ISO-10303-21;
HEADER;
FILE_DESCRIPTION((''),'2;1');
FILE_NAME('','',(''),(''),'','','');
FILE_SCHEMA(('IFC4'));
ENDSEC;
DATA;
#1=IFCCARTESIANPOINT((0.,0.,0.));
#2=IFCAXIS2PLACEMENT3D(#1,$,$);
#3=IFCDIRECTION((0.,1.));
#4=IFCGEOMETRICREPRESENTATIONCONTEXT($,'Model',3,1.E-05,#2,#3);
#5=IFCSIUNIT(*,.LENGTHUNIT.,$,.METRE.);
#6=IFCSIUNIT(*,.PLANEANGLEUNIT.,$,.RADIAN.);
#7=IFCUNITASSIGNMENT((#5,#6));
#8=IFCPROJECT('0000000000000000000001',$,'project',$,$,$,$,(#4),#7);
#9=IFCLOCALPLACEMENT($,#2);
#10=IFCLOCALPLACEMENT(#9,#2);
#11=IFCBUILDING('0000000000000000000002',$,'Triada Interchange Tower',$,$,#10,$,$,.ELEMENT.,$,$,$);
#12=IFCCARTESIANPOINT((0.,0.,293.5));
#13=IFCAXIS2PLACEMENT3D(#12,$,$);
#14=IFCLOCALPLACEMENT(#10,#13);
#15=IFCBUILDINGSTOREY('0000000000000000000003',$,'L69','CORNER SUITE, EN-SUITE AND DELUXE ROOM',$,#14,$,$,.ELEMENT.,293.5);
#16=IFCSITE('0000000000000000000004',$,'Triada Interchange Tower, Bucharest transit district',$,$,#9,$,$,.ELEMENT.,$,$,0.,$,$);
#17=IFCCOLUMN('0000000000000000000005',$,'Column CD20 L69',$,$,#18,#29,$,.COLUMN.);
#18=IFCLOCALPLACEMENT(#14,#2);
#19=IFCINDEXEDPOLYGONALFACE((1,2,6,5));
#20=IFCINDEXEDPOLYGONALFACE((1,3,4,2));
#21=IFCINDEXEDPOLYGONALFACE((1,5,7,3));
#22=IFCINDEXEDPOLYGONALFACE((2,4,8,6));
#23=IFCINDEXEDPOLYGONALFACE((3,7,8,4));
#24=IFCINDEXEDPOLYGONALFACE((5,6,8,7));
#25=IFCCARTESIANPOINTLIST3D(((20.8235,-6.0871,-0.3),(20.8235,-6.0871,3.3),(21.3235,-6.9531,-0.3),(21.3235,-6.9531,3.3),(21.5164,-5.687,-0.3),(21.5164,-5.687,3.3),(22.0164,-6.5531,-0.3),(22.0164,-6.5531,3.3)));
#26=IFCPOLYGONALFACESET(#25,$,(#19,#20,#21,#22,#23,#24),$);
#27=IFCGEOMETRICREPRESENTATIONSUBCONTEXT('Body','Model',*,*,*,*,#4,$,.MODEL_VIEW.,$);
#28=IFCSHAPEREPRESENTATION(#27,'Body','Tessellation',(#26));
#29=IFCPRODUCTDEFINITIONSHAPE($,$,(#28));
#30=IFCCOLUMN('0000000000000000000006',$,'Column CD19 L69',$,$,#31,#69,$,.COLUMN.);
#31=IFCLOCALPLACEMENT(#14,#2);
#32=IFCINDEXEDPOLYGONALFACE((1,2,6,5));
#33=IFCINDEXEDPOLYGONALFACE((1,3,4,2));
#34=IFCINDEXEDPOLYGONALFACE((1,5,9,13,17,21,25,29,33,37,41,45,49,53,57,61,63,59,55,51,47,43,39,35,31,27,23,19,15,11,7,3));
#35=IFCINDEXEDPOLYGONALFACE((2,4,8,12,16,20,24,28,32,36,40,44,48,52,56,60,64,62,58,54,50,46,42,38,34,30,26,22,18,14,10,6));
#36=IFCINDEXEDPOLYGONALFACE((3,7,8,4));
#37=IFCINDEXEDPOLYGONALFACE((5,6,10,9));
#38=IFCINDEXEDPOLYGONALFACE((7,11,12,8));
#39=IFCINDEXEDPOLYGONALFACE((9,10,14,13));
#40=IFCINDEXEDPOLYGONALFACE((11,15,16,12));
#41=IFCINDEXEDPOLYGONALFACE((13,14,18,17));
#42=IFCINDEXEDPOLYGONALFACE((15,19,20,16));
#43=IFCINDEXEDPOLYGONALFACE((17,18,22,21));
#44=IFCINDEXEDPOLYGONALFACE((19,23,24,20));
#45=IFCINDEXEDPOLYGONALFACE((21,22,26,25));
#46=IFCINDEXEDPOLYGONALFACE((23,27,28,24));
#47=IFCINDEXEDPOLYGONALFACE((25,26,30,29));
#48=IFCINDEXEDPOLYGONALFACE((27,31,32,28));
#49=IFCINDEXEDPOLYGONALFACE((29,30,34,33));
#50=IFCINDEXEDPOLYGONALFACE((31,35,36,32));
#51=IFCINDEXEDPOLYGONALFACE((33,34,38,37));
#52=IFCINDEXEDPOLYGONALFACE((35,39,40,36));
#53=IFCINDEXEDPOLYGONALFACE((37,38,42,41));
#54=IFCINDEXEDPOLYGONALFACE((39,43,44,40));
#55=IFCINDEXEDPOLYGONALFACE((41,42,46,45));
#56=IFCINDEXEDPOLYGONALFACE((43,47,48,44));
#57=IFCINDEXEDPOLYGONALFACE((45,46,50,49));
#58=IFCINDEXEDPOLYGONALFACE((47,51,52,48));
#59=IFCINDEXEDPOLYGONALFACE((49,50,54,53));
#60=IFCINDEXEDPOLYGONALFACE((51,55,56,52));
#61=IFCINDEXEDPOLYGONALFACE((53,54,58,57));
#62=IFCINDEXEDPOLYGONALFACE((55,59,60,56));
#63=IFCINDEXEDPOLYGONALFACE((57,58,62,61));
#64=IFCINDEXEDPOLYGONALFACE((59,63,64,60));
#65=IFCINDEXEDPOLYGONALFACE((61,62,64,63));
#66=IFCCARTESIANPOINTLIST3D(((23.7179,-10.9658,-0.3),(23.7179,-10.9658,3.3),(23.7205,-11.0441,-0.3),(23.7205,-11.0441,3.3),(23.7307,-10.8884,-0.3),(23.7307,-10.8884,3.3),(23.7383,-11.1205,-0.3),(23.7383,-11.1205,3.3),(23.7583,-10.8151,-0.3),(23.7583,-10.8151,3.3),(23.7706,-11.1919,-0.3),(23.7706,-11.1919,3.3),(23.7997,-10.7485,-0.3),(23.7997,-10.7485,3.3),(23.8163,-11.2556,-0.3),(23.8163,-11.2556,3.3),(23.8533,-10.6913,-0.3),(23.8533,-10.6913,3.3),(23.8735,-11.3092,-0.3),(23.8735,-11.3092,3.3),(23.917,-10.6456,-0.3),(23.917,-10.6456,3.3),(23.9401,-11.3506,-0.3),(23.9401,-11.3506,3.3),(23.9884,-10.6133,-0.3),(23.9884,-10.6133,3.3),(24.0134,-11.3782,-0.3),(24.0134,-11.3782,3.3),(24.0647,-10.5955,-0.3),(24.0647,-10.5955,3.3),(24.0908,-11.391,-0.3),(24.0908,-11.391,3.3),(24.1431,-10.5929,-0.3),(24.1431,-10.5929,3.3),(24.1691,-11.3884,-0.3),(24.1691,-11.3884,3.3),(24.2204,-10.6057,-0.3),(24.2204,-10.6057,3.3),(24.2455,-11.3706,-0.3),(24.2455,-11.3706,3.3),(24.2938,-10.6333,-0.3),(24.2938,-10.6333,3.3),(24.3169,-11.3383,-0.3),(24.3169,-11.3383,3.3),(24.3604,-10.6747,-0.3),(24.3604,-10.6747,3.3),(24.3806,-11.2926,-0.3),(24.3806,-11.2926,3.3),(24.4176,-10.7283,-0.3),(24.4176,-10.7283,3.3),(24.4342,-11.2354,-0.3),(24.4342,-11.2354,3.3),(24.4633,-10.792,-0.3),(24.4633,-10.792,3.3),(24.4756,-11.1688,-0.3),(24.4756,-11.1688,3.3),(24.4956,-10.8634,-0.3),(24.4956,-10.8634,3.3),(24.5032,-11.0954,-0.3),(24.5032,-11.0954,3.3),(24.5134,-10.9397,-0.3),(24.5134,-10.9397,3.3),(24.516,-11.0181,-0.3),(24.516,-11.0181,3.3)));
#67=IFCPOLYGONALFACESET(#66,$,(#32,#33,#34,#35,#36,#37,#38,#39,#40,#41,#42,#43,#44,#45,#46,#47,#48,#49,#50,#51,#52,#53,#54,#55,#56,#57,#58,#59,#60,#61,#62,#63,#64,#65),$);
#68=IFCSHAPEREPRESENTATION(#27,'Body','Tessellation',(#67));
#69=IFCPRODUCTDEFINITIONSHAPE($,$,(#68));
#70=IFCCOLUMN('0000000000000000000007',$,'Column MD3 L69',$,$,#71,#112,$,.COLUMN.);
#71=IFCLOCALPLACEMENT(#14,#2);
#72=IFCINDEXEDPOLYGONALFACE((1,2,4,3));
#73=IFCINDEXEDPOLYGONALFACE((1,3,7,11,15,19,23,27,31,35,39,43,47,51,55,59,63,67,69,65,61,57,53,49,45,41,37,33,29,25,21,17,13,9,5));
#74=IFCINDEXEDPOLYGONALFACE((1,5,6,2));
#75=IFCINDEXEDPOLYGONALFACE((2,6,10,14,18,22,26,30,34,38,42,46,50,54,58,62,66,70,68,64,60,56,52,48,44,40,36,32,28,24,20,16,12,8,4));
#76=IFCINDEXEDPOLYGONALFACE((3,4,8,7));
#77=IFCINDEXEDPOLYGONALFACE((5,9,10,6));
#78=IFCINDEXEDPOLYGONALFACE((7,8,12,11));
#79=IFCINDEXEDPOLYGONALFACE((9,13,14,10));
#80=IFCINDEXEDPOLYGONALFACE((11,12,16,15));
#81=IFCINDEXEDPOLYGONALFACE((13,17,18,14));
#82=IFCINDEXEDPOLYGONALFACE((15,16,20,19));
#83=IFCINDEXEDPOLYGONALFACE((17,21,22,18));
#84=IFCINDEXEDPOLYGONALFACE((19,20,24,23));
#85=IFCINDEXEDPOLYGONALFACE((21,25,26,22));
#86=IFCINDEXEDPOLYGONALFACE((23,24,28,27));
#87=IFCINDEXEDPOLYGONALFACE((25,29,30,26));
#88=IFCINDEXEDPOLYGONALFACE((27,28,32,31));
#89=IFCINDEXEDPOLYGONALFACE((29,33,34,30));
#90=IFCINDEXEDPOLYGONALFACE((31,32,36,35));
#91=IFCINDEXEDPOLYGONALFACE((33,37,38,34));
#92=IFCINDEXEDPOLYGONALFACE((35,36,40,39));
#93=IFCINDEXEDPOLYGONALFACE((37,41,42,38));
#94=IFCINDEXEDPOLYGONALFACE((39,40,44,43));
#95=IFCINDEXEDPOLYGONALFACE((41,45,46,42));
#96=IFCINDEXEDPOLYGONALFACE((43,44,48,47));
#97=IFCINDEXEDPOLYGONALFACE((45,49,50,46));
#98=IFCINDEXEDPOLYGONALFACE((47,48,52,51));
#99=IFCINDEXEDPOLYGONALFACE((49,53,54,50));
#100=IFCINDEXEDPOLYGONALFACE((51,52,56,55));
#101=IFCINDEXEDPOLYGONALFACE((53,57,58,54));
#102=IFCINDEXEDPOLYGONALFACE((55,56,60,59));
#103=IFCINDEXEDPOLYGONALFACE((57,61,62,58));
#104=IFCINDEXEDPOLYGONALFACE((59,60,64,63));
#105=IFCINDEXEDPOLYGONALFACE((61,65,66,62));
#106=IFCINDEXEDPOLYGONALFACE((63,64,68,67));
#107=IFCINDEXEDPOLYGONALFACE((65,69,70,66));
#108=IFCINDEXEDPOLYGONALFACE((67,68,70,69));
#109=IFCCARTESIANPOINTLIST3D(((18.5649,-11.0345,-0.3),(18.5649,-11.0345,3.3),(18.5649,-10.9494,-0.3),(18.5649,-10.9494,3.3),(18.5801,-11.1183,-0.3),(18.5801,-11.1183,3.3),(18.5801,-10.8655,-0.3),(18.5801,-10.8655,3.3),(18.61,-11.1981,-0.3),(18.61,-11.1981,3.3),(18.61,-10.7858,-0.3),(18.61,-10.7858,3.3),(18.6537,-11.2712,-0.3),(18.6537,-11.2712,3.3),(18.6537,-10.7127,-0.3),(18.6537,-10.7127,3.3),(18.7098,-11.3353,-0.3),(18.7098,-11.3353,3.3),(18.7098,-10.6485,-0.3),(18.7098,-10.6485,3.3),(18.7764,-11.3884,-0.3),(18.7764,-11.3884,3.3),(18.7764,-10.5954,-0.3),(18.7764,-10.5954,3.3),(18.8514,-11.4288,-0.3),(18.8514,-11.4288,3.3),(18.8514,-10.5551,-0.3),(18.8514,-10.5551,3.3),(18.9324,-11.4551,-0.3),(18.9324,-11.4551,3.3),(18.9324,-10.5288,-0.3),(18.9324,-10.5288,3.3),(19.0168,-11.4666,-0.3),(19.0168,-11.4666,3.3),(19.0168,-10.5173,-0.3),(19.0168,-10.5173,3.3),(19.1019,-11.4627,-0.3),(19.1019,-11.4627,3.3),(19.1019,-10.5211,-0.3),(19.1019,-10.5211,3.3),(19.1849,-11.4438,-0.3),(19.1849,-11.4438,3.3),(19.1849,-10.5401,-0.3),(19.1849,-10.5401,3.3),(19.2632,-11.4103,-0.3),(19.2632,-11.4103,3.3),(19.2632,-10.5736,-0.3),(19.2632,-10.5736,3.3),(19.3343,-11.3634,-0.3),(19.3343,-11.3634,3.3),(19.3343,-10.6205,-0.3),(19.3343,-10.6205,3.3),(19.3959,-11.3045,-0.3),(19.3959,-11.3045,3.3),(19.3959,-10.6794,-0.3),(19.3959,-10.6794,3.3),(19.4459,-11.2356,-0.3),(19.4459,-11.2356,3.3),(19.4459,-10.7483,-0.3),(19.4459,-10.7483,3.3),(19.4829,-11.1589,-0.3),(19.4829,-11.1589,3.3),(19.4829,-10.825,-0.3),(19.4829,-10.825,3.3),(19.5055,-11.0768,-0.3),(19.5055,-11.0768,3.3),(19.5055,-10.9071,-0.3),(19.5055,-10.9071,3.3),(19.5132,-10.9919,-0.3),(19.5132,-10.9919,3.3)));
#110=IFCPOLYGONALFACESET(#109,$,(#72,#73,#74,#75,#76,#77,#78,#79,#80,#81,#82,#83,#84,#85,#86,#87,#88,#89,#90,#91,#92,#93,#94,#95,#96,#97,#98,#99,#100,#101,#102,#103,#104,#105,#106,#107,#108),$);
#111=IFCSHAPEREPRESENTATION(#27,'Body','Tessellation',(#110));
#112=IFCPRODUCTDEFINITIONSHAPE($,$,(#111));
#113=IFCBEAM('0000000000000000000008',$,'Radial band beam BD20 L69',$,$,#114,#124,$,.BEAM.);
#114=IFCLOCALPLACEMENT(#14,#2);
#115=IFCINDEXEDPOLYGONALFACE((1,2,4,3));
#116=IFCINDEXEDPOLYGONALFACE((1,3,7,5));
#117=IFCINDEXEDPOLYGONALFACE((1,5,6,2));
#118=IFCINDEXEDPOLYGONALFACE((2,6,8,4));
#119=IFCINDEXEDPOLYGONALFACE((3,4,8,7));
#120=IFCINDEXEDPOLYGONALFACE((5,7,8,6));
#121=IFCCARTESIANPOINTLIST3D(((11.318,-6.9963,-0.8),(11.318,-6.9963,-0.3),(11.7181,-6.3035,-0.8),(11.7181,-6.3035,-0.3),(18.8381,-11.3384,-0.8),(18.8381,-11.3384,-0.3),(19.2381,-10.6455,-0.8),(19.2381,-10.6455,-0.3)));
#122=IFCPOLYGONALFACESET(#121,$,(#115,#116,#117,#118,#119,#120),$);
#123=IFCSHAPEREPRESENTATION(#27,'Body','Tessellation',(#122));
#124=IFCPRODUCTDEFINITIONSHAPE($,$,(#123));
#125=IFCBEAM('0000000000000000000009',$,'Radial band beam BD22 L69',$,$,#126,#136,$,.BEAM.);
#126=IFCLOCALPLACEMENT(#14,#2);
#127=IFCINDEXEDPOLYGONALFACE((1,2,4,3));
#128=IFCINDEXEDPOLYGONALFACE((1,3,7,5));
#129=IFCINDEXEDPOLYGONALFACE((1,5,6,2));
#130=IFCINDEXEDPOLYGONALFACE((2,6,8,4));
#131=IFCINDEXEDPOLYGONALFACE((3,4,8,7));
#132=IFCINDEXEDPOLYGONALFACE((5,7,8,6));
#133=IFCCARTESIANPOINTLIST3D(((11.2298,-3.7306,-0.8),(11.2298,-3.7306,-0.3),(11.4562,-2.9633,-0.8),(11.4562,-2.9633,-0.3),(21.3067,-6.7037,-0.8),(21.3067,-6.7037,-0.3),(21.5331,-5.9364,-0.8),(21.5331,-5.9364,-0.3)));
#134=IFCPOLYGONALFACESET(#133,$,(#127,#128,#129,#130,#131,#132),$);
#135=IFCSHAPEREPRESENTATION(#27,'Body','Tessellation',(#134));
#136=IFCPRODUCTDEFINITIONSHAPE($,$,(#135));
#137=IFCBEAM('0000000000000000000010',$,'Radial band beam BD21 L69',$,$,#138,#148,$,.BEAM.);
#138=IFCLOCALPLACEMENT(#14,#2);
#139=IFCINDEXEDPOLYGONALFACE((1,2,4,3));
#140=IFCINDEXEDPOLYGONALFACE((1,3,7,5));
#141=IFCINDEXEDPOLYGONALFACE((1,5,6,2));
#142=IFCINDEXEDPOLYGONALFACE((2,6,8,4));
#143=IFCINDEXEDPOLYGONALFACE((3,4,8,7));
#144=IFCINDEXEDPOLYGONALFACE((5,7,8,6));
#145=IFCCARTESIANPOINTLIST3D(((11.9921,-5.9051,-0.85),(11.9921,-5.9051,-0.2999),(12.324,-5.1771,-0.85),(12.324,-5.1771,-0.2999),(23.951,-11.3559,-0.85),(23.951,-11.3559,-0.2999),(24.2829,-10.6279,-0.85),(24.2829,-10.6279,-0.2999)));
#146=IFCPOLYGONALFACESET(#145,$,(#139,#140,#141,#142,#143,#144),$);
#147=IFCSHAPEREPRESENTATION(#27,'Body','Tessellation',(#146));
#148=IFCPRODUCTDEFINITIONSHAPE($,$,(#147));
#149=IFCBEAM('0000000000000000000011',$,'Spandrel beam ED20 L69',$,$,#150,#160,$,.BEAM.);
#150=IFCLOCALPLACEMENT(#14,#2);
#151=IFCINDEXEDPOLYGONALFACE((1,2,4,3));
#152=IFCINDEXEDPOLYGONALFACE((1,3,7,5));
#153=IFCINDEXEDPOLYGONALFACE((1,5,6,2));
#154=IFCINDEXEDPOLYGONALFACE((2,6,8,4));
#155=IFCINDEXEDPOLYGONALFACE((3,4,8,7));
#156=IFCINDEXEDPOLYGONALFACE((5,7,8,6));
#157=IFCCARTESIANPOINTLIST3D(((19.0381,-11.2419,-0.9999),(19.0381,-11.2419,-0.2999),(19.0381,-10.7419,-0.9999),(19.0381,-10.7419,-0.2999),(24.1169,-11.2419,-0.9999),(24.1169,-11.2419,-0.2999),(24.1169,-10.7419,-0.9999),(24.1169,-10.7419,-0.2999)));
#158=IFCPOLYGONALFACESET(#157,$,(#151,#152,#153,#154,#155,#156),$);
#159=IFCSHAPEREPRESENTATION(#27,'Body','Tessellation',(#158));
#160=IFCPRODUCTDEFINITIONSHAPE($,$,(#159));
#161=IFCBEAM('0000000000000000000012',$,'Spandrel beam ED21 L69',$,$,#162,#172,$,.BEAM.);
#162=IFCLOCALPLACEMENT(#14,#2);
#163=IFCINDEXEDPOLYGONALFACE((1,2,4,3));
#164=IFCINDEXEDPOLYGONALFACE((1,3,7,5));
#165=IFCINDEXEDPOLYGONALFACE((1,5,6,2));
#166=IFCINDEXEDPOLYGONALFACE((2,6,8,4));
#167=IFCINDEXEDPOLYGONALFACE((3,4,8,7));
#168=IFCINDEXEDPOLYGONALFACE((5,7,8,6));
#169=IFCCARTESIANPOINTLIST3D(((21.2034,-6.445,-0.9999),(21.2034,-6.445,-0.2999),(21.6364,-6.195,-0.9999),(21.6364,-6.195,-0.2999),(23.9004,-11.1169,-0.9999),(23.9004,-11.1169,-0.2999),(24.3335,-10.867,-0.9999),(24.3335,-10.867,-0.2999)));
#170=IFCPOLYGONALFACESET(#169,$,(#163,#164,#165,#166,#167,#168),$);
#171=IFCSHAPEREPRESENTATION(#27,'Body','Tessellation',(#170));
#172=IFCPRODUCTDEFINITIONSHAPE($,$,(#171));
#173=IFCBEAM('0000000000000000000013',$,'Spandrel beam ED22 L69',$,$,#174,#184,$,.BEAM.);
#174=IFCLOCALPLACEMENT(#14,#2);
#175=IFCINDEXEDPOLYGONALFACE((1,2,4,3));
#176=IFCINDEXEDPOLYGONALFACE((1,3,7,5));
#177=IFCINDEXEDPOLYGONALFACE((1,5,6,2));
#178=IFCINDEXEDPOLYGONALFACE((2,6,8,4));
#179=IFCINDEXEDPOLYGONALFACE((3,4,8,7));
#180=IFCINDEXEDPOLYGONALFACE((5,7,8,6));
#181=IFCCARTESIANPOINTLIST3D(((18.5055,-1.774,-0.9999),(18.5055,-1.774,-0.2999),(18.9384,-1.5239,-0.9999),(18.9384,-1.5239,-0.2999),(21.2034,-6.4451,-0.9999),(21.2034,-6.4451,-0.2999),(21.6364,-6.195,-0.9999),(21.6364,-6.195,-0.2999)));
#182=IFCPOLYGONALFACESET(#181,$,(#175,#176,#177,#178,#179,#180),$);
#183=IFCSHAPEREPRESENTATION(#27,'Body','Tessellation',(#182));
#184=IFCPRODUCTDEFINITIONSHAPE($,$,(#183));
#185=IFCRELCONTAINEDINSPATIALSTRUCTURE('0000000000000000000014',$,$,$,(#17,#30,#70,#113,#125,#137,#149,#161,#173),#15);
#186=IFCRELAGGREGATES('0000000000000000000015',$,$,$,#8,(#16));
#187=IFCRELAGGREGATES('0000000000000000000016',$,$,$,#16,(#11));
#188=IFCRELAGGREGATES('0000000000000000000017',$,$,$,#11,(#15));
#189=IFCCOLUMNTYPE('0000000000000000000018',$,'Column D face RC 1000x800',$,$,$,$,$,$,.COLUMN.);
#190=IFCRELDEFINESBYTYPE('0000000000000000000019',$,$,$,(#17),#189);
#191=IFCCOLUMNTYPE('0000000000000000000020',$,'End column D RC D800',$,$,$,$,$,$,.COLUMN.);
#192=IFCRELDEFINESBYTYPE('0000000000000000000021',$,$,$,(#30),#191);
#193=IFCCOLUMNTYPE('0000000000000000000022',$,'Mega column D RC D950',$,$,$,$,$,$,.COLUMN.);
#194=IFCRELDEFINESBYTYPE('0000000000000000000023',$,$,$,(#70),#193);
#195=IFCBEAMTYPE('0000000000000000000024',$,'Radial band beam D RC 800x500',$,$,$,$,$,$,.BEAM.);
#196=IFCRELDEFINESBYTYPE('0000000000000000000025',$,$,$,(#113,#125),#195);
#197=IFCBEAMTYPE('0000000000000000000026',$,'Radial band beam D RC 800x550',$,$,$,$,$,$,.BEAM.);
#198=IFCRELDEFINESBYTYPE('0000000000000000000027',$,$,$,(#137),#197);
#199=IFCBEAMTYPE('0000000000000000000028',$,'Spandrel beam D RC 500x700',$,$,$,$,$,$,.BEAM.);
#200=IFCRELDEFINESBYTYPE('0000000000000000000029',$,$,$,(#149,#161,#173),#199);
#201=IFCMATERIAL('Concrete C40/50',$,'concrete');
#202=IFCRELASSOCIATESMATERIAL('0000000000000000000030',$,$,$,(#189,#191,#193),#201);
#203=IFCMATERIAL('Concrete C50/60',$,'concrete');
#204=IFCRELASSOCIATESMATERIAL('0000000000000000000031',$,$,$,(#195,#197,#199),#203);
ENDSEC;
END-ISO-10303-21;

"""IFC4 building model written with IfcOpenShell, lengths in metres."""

from ifc_helpers import new_model, si_unit, direction, frame, origin, origin_2d, place, context, subcontext, project, spatial, rectangle, circle, extrude, material, material_profile, profile_set, type_object, element, save


model = new_model("IFC4")

# Units and contexts
model_context = context("Model", 3, precision=1e-05, world=origin(), true_north=direction((0.0, 1.0)))
body_context = subcontext(model_context, "Body", "Model", "MODEL_VIEW")
ifc_project = project(units=[si_unit("LENGTHUNIT", "METRE"), si_unit("PLANEANGLEUNIT", "RADIAN")], contexts=[model_context])

# Site, building, storey
site_placement = place(None, origin())
site = spatial("IfcSite", under=ifc_project, at=site_placement, Name="Triada Interchange Tower, Bucharest transit district", CompositionType="ELEMENT", RefElevation=0.0)
building_placement = place(site_placement, origin())
building = spatial("IfcBuilding", under=site, at=building_placement, Name="Triada Interchange Tower", CompositionType="ELEMENT")
storey_placement = place(building_placement, frame((0.0, 0.0, 293.5)))
storey = spatial("IfcBuildingStorey", under=building, at=storey_placement, Name="L69", Description="CORNER SUITE, EN-SUITE AND DELUXE ROOM", CompositionType="ELEMENT", Elevation=293.5)

# Columns
ifc_material_1 = material(Name="Concrete C40/50", Category="concrete")
ifc_material_profile_1 = material_profile(ifc_material_1, rectangle(XDim=1.0, YDim=0.8, at=origin_2d()), Name="RC 1000x800")
ifc_profile_set_1 = profile_set([ifc_material_profile_1], Name="Concrete C40/50")
column_type_1 = type_object("IfcColumnType", Name="Column D face RC 1000x800", PredefinedType="COLUMN", material=ifc_profile_set_1)
column_1_placement = place(storey_placement, frame((21.4199, -6.3201, -0.3), z_axis=(0.0, 0.0, 1.0), x_axis=(-0.5, 0.866025, 0.0)))
element("IfcColumn", 1, at=column_1_placement, inside=storey, type_object=column_type_1, Name="Column CD20 L69", PredefinedType="COLUMN", context=body_context, shape_type="SweptSolid", body=[
    extrude(rectangle(XDim=1.0, YDim=0.8, at=origin_2d()), origin(), (0.0, 0.0, 1.0), 3.6001),
])
ifc_material_profile_2 = material_profile(ifc_material_1, circle(Radius=0.3999, at=origin_2d()), Name="RC D800")
ifc_profile_set_2 = profile_set([ifc_material_profile_2], Name="Concrete C40/50")
column_type_2 = type_object("IfcColumnType", Name="End column D RC D800", PredefinedType="COLUMN", material=ifc_profile_set_2)
column_2_placement = place(storey_placement, frame((24.1169, -10.9919, -0.3), z_axis=(0.0, 0.0, 1.0), x_axis=(-0.5, 0.866025, 0.0)))
element("IfcColumn", 2, at=column_2_placement, inside=storey, type_object=column_type_2, Name="Column CD19 L69", PredefinedType="COLUMN", context=body_context, shape_type="SweptSolid", body=[
    extrude(circle(Radius=0.3999, at=origin_2d()), origin(), (0.0, 0.0, 1.0), 3.6001),
])
ifc_material_profile_3 = material_profile(ifc_material_1, circle(Radius=0.4751, at=origin_2d()), Name="RC D950")
ifc_profile_set_3 = profile_set([ifc_material_profile_3], Name="Concrete C40/50")
column_type_3 = type_object("IfcColumnType", Name="Mega column D RC D950", PredefinedType="COLUMN", material=ifc_profile_set_3)
column_3_placement = place(storey_placement, frame((19.0381, -10.9919, -0.3), z_axis=(0.0, 0.0, 1.0), x_axis=(1.0, 0.0, 0.0)))
element("IfcColumn", 3, at=column_3_placement, inside=storey, type_object=column_type_3, Name="Column MD3 L69", PredefinedType="COLUMN", context=body_context, shape_type="SweptSolid", body=[
    extrude(circle(Radius=0.4751, at=origin_2d()), origin(), (0.0, 0.0, 1.0), 3.6001),
])

# Beams
ifc_material_2 = material(Name="Concrete C50/60", Category="concrete")
ifc_material_profile_4 = material_profile(ifc_material_2, rectangle(XDim=0.8, YDim=0.5, at=origin_2d()), Name="RC 800x500")
ifc_profile_set_4 = profile_set([ifc_material_profile_4], Name="Concrete C50/60")
beam_type_1 = type_object("IfcBeamType", Name="Radial band beam D RC 800x500", PredefinedType="BEAM", material=ifc_profile_set_4)
beam_1_placement = place(storey_placement, frame((19.0381, -10.9919, -0.55), z_axis=(-0.866008, 0.500031, 0.0), x_axis=(-0.500031, -0.866008, 0.0)))
element("IfcBeam", 4, at=beam_1_placement, inside=storey, type_object=beam_type_1, Name="Radial band beam BD20 L69", PredefinedType="BEAM", context=body_context, shape_type="SweptSolid", body=[
    extrude(rectangle(XDim=0.8, YDim=0.5, at=origin_2d()), origin(), (0.0, 0.0, 1.0), 8.6836),
])
beam_2_placement = place(storey_placement, frame((21.4199, -6.3201, -0.55), z_axis=(-0.959124, 0.282985, 0.0), x_axis=(-0.282985, -0.959124, 0.0)))
element("IfcBeam", 5, at=beam_2_placement, inside=storey, type_object=beam_type_1, Name="Radial band beam BD22 L69", PredefinedType="BEAM", context=body_context, shape_type="SweptSolid", body=[
    extrude(rectangle(XDim=0.8, YDim=0.5, at=origin_2d()), origin(), (0.0, 0.0, 1.0), 10.5063),
])
ifc_material_profile_5 = material_profile(ifc_material_2, rectangle(XDim=0.8, YDim=0.55, at=origin_2d()), Name="RC 800x550")
ifc_profile_set_5 = profile_set([ifc_material_profile_5], Name="Concrete C50/60")
beam_type_2 = type_object("IfcBeamType", Name="Radial band beam D RC 800x550", PredefinedType="BEAM", material=ifc_profile_set_5)
beam_3_placement = place(storey_placement, frame((24.1169, -10.9919, -0.575), z_axis=(-0.909935, 0.41475, 0.0), x_axis=(-0.41475, -0.909935, 0.0)))
element("IfcBeam", 6, at=beam_3_placement, inside=storey, type_object=beam_type_2, Name="Radial band beam BD21 L69", PredefinedType="BEAM", context=body_context, shape_type="SweptSolid", body=[
    extrude(rectangle(XDim=0.8, YDim=0.55, at=origin_2d()), origin(), (0.0, 0.0, 1.0), 13.1426),
])
ifc_material_profile_6 = material_profile(ifc_material_2, rectangle(XDim=0.5, YDim=0.7, at=origin_2d()), Name="RC 500x700")
ifc_profile_set_6 = profile_set([ifc_material_profile_6], Name="Concrete C50/60")
beam_type_3 = type_object("IfcBeamType", Name="Spandrel beam D RC 500x700", PredefinedType="BEAM", material=ifc_profile_set_6)
beam_4_placement = place(storey_placement, frame((19.0381, -10.9919, -0.6499), z_axis=(1.0, 0.0, 0.0), x_axis=(0.0, 1.0, 0.0)))
element("IfcBeam", 7, at=beam_4_placement, inside=storey, type_object=beam_type_3, Name="Spandrel beam ED20 L69", PredefinedType="BEAM", context=body_context, shape_type="SweptSolid", body=[
    extrude(rectangle(XDim=0.5, YDim=0.7, at=origin_2d()), origin(), (0.0, 0.0, 1.0), 5.0789),
])
beam_5_placement = place(storey_placement, frame((24.1169, -10.9919, -0.6499), z_axis=(-0.49996, 0.866048, 0.0), x_axis=(-0.866048, -0.49996, 0.0)))
element("IfcBeam", 8, at=beam_5_placement, inside=storey, type_object=beam_type_3, Name="Spandrel beam ED21 L69", PredefinedType="BEAM", context=body_context, shape_type="SweptSolid", body=[
    extrude(rectangle(XDim=0.5, YDim=0.7, at=origin_2d()), origin(), (0.0, 0.0, 1.0), 5.3945),
])
beam_6_placement = place(storey_placement, frame((21.4199, -6.3201, -0.6499), z_axis=(-0.500155, 0.865936, 0.0), x_axis=(-0.865936, -0.500155, 0.0)))
element("IfcBeam", 9, at=beam_6_placement, inside=storey, type_object=beam_type_3, Name="Spandrel beam ED22 L69", PredefinedType="BEAM", context=body_context, shape_type="SweptSolid", body=[
    extrude(rectangle(XDim=0.5, YDim=0.7, at=origin_2d()), origin(), (0.0, 0.0, 1.0), 5.3943),
])

save(model, "model.ifc")
